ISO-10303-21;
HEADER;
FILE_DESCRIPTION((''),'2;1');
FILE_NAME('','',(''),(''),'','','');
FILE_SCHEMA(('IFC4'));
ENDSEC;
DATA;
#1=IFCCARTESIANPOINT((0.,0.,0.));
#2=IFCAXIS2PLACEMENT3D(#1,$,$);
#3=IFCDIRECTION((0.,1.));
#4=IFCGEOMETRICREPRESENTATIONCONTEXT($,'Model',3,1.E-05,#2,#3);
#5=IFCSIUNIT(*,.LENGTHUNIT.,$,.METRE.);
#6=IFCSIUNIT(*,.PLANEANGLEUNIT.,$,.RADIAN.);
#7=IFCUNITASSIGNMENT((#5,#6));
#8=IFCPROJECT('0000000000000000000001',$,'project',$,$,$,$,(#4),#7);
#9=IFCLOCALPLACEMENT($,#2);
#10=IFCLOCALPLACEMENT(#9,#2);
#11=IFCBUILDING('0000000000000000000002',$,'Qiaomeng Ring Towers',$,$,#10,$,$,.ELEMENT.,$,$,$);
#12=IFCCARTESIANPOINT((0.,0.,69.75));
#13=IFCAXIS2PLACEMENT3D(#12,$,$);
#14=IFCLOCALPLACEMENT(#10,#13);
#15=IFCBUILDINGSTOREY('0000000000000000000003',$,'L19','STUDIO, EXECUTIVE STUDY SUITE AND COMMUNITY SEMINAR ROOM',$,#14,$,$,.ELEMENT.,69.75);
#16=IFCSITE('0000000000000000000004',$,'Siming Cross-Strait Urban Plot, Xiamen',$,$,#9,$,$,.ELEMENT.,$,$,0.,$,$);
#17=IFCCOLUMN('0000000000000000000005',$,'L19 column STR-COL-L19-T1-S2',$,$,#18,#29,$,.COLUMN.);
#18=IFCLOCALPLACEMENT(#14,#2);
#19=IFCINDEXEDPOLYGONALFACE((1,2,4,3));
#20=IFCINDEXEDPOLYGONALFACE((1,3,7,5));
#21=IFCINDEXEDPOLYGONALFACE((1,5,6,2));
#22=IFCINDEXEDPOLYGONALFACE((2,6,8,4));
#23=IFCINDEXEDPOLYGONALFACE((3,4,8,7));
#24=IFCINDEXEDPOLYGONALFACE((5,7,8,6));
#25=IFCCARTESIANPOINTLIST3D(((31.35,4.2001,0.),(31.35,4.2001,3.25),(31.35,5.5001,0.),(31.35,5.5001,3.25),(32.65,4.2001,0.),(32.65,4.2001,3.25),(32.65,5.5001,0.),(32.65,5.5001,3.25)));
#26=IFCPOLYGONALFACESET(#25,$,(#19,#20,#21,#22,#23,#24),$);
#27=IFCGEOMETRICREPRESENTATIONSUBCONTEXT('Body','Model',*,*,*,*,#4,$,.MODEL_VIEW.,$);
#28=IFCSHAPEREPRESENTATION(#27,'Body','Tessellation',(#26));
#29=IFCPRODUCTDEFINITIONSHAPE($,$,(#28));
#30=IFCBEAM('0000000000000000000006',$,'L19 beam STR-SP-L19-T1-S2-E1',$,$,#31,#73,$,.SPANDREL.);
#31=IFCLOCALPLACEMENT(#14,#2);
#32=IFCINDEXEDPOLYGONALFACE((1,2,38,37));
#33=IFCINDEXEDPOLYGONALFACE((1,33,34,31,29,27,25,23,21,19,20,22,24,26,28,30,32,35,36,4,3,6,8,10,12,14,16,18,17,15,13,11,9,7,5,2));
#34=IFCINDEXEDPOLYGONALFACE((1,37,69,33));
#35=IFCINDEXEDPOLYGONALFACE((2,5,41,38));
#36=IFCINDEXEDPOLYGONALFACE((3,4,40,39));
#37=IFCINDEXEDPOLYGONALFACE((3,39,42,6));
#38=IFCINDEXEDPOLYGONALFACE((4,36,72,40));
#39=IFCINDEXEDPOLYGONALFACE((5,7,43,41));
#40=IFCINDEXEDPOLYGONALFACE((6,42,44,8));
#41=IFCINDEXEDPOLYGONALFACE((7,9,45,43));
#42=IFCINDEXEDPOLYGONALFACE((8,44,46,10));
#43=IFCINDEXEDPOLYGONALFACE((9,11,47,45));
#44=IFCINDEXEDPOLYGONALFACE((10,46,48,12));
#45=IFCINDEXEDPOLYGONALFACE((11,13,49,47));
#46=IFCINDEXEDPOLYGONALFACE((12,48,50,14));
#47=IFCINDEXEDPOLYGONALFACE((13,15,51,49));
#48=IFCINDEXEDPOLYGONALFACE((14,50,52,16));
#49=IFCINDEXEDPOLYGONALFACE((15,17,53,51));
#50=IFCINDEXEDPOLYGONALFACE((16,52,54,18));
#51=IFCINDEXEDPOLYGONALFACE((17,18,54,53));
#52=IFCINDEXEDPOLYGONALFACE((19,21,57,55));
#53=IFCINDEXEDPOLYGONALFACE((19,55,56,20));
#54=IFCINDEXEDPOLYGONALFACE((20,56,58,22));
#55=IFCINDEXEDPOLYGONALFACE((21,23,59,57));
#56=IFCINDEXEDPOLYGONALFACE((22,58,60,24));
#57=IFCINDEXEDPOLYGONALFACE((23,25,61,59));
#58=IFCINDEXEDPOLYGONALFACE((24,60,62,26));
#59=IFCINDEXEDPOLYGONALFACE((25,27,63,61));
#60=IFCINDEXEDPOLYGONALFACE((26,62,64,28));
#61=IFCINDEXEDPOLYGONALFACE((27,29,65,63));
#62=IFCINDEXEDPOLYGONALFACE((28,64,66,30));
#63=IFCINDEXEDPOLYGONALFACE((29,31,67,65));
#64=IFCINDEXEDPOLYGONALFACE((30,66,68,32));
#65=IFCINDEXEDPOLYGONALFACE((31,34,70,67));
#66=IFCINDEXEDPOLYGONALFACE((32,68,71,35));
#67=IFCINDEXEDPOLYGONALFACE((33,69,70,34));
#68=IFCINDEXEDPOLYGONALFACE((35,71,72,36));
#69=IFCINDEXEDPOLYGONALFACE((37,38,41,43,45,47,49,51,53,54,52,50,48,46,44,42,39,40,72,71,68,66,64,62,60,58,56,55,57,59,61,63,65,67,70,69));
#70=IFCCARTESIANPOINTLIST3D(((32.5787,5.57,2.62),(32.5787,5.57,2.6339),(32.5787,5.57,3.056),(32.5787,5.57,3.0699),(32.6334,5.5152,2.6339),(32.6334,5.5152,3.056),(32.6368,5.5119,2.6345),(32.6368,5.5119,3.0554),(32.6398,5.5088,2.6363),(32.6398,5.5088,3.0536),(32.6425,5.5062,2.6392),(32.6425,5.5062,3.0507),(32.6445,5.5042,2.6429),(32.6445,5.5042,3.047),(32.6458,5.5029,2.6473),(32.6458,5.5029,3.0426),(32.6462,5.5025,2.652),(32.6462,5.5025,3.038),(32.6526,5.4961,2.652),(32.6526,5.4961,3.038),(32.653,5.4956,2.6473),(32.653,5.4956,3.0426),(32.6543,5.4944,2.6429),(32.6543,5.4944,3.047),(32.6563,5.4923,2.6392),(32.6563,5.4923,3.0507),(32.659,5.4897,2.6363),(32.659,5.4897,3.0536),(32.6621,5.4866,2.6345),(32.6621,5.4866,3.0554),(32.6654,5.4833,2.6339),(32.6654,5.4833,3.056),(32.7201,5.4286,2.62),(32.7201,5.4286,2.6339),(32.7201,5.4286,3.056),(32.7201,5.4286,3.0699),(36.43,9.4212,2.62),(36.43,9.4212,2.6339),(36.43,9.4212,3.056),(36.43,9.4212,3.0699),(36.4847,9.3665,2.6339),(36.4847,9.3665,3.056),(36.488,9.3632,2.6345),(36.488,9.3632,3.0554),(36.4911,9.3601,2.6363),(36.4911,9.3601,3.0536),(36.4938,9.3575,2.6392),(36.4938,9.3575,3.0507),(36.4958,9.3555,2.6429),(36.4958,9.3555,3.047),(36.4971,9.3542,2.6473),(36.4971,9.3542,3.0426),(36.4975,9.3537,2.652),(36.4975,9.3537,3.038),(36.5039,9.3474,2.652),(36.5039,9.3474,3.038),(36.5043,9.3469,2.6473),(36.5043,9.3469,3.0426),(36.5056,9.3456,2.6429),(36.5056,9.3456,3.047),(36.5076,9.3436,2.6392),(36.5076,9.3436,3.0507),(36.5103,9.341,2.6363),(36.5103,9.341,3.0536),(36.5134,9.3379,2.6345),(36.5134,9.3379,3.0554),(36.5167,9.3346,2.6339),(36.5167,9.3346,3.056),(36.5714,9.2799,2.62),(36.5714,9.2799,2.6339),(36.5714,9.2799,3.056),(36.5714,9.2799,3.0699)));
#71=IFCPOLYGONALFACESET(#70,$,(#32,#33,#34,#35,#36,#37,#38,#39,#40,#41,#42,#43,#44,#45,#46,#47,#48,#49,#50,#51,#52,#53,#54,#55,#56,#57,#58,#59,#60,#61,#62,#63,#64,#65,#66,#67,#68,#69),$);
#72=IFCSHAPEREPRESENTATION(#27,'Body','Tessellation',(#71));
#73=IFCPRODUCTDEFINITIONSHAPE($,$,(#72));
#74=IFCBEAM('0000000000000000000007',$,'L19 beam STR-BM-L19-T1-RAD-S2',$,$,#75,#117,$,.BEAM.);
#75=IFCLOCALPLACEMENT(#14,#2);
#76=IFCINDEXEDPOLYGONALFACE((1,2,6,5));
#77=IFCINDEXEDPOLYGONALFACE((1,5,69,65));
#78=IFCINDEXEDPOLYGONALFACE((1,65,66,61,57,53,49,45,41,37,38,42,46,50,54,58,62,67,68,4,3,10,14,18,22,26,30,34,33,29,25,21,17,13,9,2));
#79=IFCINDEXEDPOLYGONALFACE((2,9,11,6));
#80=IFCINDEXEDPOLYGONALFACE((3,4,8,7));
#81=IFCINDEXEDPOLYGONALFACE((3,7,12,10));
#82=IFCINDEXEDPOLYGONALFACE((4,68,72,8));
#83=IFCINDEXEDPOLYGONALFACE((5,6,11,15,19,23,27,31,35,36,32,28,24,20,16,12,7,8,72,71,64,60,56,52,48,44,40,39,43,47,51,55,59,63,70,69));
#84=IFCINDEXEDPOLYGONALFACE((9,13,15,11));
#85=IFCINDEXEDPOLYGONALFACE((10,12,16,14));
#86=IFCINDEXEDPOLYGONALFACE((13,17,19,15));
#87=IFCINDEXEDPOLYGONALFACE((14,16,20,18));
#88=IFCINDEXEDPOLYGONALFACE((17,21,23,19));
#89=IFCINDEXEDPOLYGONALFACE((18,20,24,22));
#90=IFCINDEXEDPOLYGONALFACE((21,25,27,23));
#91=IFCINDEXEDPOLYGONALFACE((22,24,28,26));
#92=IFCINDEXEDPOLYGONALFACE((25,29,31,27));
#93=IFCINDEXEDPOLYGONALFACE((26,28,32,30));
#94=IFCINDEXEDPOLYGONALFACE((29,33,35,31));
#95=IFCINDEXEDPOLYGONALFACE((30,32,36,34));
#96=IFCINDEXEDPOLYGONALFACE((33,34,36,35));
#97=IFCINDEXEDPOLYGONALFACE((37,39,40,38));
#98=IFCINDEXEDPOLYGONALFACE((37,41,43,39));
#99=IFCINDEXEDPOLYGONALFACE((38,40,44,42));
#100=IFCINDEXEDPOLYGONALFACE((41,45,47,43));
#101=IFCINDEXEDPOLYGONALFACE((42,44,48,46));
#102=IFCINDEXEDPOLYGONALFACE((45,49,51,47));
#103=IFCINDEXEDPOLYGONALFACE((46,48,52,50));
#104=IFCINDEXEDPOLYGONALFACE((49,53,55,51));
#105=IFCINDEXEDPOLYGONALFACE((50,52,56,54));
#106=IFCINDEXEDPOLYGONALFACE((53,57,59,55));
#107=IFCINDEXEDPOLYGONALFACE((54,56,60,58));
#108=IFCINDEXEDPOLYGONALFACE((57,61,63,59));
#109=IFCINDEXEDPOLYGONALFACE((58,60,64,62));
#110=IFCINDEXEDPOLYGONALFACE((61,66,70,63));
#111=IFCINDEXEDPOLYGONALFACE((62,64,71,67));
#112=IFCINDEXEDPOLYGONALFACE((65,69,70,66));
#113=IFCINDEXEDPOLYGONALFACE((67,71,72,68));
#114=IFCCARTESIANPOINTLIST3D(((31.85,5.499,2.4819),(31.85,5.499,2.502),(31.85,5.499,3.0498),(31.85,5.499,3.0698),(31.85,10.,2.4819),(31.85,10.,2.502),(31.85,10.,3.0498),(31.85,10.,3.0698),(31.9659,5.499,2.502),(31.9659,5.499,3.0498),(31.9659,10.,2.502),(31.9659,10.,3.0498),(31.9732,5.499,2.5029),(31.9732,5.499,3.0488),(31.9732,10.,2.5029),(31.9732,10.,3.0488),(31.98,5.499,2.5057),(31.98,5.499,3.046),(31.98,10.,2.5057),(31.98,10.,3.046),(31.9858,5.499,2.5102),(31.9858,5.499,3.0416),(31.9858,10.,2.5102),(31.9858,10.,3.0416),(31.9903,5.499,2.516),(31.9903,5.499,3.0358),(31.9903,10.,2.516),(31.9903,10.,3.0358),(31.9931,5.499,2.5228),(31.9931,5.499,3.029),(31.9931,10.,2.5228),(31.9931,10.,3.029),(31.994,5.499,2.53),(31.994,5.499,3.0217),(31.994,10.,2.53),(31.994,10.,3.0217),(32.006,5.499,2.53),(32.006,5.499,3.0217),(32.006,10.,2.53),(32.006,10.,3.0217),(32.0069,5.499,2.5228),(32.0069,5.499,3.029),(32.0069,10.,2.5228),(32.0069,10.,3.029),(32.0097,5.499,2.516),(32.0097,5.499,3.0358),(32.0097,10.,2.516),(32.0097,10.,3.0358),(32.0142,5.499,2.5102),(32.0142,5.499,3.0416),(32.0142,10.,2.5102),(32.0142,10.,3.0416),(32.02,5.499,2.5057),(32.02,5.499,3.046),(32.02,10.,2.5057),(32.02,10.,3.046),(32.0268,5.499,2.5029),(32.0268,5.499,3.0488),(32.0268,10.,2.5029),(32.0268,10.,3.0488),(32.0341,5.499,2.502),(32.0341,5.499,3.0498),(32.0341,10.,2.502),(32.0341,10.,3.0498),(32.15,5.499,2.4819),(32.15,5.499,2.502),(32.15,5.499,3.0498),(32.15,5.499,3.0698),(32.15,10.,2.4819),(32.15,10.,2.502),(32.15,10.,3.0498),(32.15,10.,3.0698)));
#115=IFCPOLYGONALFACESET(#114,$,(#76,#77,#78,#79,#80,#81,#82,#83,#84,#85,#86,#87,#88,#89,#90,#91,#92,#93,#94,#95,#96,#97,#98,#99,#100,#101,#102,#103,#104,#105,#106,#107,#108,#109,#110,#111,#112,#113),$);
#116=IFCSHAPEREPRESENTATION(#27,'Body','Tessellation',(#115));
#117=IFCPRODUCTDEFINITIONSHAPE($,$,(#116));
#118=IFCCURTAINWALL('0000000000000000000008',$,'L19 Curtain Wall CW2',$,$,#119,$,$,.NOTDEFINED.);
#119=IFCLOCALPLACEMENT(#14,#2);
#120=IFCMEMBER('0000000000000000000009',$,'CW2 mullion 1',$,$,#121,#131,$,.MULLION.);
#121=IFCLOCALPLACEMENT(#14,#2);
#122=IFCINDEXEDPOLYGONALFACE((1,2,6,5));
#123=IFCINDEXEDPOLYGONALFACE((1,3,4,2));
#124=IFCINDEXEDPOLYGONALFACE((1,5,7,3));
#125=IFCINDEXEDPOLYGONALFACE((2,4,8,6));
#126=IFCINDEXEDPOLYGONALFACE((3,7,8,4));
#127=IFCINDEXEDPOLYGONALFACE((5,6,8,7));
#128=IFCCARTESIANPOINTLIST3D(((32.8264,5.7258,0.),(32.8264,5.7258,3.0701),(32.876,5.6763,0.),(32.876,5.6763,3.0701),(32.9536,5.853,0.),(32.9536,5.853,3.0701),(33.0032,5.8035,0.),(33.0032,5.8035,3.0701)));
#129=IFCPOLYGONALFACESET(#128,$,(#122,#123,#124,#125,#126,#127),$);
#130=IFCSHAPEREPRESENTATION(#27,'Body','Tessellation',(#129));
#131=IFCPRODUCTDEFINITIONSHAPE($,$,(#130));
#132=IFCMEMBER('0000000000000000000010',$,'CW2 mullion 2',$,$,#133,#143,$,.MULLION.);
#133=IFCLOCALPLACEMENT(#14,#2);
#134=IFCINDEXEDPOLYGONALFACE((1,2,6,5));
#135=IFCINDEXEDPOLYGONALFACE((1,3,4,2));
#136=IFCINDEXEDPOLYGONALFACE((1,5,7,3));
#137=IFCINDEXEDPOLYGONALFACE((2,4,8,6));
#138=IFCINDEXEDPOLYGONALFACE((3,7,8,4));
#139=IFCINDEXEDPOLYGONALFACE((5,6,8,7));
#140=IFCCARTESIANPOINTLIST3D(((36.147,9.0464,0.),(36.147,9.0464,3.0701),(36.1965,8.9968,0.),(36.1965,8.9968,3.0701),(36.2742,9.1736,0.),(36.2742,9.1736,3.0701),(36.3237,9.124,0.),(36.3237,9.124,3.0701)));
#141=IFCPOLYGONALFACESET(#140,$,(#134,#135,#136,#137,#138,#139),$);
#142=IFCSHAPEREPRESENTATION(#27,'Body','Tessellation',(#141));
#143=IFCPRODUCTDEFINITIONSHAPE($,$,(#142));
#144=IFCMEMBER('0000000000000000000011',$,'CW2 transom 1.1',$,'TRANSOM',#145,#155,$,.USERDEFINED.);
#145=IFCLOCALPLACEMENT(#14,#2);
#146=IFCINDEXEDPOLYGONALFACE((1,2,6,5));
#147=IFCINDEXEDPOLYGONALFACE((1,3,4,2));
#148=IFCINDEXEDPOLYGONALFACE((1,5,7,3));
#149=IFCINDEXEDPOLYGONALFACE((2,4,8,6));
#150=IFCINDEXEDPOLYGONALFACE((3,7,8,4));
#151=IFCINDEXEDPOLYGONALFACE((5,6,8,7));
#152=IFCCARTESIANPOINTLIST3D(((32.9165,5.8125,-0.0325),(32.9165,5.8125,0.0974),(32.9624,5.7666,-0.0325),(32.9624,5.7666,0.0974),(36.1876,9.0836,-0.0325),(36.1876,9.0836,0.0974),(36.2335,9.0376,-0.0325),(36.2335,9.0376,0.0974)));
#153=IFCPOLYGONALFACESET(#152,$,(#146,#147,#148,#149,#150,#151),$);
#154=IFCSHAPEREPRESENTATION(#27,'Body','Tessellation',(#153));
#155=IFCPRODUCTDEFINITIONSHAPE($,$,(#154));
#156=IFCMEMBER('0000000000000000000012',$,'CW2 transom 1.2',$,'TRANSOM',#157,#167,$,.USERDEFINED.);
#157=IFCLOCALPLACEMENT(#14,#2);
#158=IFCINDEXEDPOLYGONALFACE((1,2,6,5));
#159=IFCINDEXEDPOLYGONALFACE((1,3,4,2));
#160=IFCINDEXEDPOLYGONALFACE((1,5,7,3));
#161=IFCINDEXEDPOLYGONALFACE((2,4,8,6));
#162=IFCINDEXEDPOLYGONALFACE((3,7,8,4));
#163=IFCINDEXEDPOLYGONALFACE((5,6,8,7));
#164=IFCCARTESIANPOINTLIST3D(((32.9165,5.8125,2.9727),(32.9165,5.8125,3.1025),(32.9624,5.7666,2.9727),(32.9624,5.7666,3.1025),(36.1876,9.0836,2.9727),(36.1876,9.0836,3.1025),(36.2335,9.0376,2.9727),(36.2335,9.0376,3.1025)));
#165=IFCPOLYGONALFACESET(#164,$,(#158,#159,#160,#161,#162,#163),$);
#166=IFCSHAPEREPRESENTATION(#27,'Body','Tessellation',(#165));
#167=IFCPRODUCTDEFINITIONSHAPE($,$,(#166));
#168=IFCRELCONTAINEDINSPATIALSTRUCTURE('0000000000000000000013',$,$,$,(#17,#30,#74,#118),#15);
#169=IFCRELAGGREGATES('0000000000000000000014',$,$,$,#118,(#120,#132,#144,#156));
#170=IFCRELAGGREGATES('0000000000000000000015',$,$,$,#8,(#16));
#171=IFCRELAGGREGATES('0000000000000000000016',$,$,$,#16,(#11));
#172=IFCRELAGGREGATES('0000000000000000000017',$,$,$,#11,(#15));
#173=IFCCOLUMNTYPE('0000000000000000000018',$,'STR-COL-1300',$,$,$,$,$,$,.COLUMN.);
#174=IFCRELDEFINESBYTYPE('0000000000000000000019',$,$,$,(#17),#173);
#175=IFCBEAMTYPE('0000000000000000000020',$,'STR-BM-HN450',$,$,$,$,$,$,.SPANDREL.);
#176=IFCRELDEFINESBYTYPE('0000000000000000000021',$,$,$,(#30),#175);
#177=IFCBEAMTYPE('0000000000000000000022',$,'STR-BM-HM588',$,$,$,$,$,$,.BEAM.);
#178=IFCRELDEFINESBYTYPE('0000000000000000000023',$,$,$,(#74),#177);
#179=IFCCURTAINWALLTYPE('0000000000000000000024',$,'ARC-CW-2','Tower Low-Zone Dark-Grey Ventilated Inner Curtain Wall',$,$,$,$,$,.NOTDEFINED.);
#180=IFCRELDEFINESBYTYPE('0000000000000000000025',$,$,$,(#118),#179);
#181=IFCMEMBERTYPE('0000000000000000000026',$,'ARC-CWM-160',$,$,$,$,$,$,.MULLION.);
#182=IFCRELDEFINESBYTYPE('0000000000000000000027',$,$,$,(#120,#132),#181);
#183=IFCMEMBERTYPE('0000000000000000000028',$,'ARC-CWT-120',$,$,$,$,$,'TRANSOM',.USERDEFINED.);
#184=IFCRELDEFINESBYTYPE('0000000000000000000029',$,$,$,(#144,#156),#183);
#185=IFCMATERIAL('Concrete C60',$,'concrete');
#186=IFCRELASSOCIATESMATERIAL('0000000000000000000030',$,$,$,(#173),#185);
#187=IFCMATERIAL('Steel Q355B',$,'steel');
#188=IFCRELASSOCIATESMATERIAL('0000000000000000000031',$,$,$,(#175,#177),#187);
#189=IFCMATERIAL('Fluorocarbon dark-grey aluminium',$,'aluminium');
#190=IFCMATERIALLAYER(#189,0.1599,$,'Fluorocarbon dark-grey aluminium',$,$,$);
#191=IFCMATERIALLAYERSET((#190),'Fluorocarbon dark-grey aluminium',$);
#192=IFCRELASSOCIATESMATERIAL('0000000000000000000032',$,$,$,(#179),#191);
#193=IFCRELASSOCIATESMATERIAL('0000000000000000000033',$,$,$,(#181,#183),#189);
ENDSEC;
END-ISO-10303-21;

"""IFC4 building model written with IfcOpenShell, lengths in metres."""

from ifc_helpers import new_model, si_unit, direction, frame, origin, origin_2d, place, context, subcontext, project, spatial, rectangle, i_section, extrude, source, transform, mapped, material, layer, layer_set, material_profile, profile_set, type_object, element, aggregate, save


model = new_model("IFC4")

# Units and contexts
model_context = context("Model", 3, precision=1e-05, world=origin(), true_north=direction((0.0, 1.0)))
body_context = subcontext(model_context, "Body", "Model", "MODEL_VIEW")
ifc_project = project(units=[si_unit("LENGTHUNIT", "METRE"), si_unit("PLANEANGLEUNIT", "RADIAN")], contexts=[model_context])

# Site, building, storey
site_placement = place(None, origin())
site = spatial("IfcSite", under=ifc_project, at=site_placement, Name="Siming Cross-Strait Urban Plot, Xiamen", CompositionType="ELEMENT", RefElevation=0.0)
building_placement = place(site_placement, origin())
building = spatial("IfcBuilding", under=site, at=building_placement, Name="Qiaomeng Ring Towers", CompositionType="ELEMENT")
storey_placement = place(building_placement, frame((0.0, 0.0, 69.75)))
storey = spatial("IfcBuildingStorey", under=building, at=storey_placement, Name="L19", Description="STUDIO, EXECUTIVE STUDY SUITE AND COMMUNITY SEMINAR ROOM", CompositionType="ELEMENT", Elevation=69.75)

# Column
ifc_material_1 = material(Name="Concrete C60", Category="concrete")
ifc_material_profile_1 = material_profile(ifc_material_1, rectangle(XDim=1.3, YDim=1.3, at=origin_2d()), Name="RC COL 1300x1300")
ifc_profile_set_1 = profile_set([ifc_material_profile_1], Name="Concrete C60")
column_type = type_object("IfcColumnType", Name="STR-COL-1300", PredefinedType="COLUMN", material=ifc_profile_set_1)
shared_shape_1 = source(origin(), body_context, "Body", "SweptSolid", [
    extrude(rectangle(XDim=1.3, YDim=1.3, at=origin_2d()), origin(), (0.0, 0.0, 1.0), 3.25),
])
column_placement = place(storey_placement, frame((32.0, 4.8501, 0.0), z_axis=(0.0, 0.0, 1.0), x_axis=(1.0, 0.0, 0.0)))
element("IfcColumn", 1, at=column_placement, inside=storey, type_object=column_type, Name="L19 column STR-COL-L19-T1-S2", PredefinedType="COLUMN", context=body_context, shape_type="MappedRepresentation", body=[
    mapped(shared_shape_1, transform((0.0, 0.0, 0.0), x_axis=(1.0, 0.0, 0.0), y_axis=(0.0, 1.0, 0.0), z_axis=(0.0, 0.0, 1.0), scale=1.0)),
])

# Beams
ifc_material_2 = material(Name="Steel Q355B", Category="steel")
ifc_material_profile_2 = material_profile(ifc_material_2, i_section(OverallWidth=0.2, OverallDepth=0.45, WebThickness=0.009, FlangeThickness=0.0139, FilletRadius=0.0181, at=origin_2d()), Name="HN 450x200x9x14")
ifc_profile_set_2 = profile_set([ifc_material_profile_2], Name="Steel Q355B")
beam_type_1 = type_object("IfcBeamType", Name="STR-BM-HN450", PredefinedType="SPANDREL", material=ifc_profile_set_2)
shared_shape_2 = source(origin(), body_context, "Body", "SweptSolid", [
    extrude(i_section(OverallWidth=0.2, OverallDepth=0.45, WebThickness=0.009, FlangeThickness=0.0139, FilletRadius=0.0181, at=origin_2d()), origin(), (0.0, 0.0, 1.0), 5.4465),
])
beam_1_placement = place(storey_placement, frame((32.6494, 5.4993, 2.845), z_axis=(0.707107, 0.707107, 0.0), x_axis=(-0.707107, 0.707107, 0.0)))
element("IfcBeam", 2, at=beam_1_placement, inside=storey, type_object=beam_type_1, Name="L19 beam STR-SP-L19-T1-S2-E1", PredefinedType="SPANDREL", context=body_context, shape_type="MappedRepresentation", body=[
    mapped(shared_shape_2, transform((0.0, 0.0, 0.0), x_axis=(1.0, 0.0, 0.0), y_axis=(0.0, 1.0, 0.0), z_axis=(0.0, 0.0, 1.0), scale=1.0)),
])
ifc_material_profile_3 = material_profile(ifc_material_2, i_section(OverallWidth=0.3, OverallDepth=0.5879, WebThickness=0.012, FlangeThickness=0.02, FilletRadius=0.0281, at=origin_2d()), Name="HM 588x300x12x20")
ifc_profile_set_3 = profile_set([ifc_material_profile_3], Name="Steel Q355B")
beam_type_2 = type_object("IfcBeamType", Name="STR-BM-HM588", PredefinedType="BEAM", material=ifc_profile_set_3)
shared_shape_3 = source(origin(), body_context, "Body", "SweptSolid", [
    extrude(i_section(OverallWidth=0.3, OverallDepth=0.5879, WebThickness=0.012, FlangeThickness=0.02, FilletRadius=0.0281, at=origin_2d()), origin(), (0.0, 0.0, 1.0), 4.501),
])
beam_2_placement = place(storey_placement, frame((32.0, 5.499, 2.7759), z_axis=(0.0, 1.0, 0.0), x_axis=(-1.0, 0.0, 0.0)))
element("IfcBeam", 3, at=beam_2_placement, inside=storey, type_object=beam_type_2, Name="L19 beam STR-BM-L19-T1-RAD-S2", PredefinedType="BEAM", context=body_context, shape_type="MappedRepresentation", body=[
    mapped(shared_shape_3, transform((0.0, 0.0, 0.0), x_axis=(1.0, 0.0, 0.0), y_axis=(0.0, 1.0, 0.0), z_axis=(0.0, 0.0, 1.0), scale=1.0)),
])

# Curtain wall, members
ifc_material_3 = material(Name="Fluorocarbon dark-grey aluminium", Category="aluminium")
ifc_layer_1 = layer(ifc_material_3, 0.1599, Name="Fluorocarbon dark-grey aluminium")
ifc_layer_set_1 = layer_set([ifc_layer_1], Name="Fluorocarbon dark-grey aluminium")
curtain_wall_type = type_object("IfcCurtainWallType", Name="ARC-CW-2", Description="Tower Low-Zone Dark-Grey Ventilated Inner Curtain Wall", PredefinedType="NOTDEFINED", material=ifc_layer_set_1)
curtain_wall_placement = place(storey_placement, origin())
curtain_wall = element("IfcCurtainWall", 4, at=curtain_wall_placement, inside=storey, type_object=curtain_wall_type, Name="L19 Curtain Wall CW2", PredefinedType="NOTDEFINED")
ifc_material_profile_4 = material_profile(ifc_material_3, rectangle(XDim=0.0701, YDim=0.1799, at=origin_2d()), Name="ALU MULL 70x180")
ifc_profile_set_4 = profile_set([ifc_material_profile_4], Name="Fluorocarbon dark-grey aluminium")
member_type_1 = type_object("IfcMemberType", Name="ARC-CWM-160", PredefinedType="MULLION", material=ifc_profile_set_4)
shared_shape_4 = source(origin(), body_context, "Body", "SweptSolid", [
    extrude(rectangle(XDim=0.0701, YDim=0.1799, at=origin_2d()), origin(), (0.0, 0.0, 1.0), 3.0701),
])
member_1_placement = place(storey_placement, frame((32.9148, 5.7646, 0.0), z_axis=(0.0, 0.0, 1.0), x_axis=(-0.707107, 0.707107, 0.0)))
member_1 = element("IfcMember", 5, at=member_1_placement, type_object=member_type_1, Name="CW2 mullion 1", PredefinedType="MULLION", context=body_context, shape_type="MappedRepresentation", body=[
    mapped(shared_shape_4, transform((0.0, 0.0, 0.0), x_axis=(1.0, 0.0, 0.0), y_axis=(0.0, 1.0, 0.0), z_axis=(0.0, 0.0, 1.0), scale=1.0)),
])
member_2_placement = place(storey_placement, frame((36.2354, 9.0852, 0.0), z_axis=(0.0, 0.0, 1.0), x_axis=(-0.707107, 0.707107, 0.0)))
member_2 = element("IfcMember", 6, at=member_2_placement, type_object=member_type_1, Name="CW2 mullion 2", PredefinedType="MULLION", context=body_context, shape_type="MappedRepresentation", body=[
    mapped(shared_shape_4, transform((0.0, 0.0, 0.0), x_axis=(1.0, 0.0, 0.0), y_axis=(0.0, 1.0, 0.0), z_axis=(0.0, 0.0, 1.0), scale=1.0)),
])
ifc_material_profile_5 = material_profile(ifc_material_3, rectangle(XDim=0.0649, YDim=0.1299, at=origin_2d()), Name="ALU TRAN 65x130")
ifc_profile_set_5 = profile_set([ifc_material_profile_5], Name="Fluorocarbon dark-grey aluminium")
member_type_2 = type_object("IfcMemberType", Name="ARC-CWT-120", ElementType="TRANSOM", PredefinedType="USERDEFINED", material=ifc_profile_set_5)
shared_shape_5 = source(origin(), body_context, "Body", "SweptSolid", [
    extrude(rectangle(XDim=0.0649, YDim=0.1299, at=origin_2d()), origin(), (0.0, 0.0, 1.0), 4.626),
])
member_3_placement = place(storey_placement, frame((32.9395, 5.7896, 0.0325), z_axis=(0.707107, 0.707107, 0.0), x_axis=(-0.707107, 0.707107, 0.0)))
member_3 = element("IfcMember", 7, at=member_3_placement, type_object=member_type_2, Name="CW2 transom 1.1", ObjectType="TRANSOM", PredefinedType="USERDEFINED", context=body_context, shape_type="MappedRepresentation", body=[
    mapped(shared_shape_5, transform((0.0, 0.0, 0.0), x_axis=(1.0, 0.0, 0.0), y_axis=(0.0, 1.0, 0.0), z_axis=(0.0, 0.0, 1.0), scale=1.0)),
])
member_4_placement = place(storey_placement, frame((32.9395, 5.7896, 3.0376), z_axis=(0.707107, 0.707107, 0.0), x_axis=(-0.707107, 0.707107, 0.0)))
member_4 = element("IfcMember", 8, at=member_4_placement, type_object=member_type_2, Name="CW2 transom 1.2", ObjectType="TRANSOM", PredefinedType="USERDEFINED", context=body_context, shape_type="MappedRepresentation", body=[
    mapped(shared_shape_5, transform((0.0, 0.0, 0.0), x_axis=(1.0, 0.0, 0.0), y_axis=(0.0, 1.0, 0.0), z_axis=(0.0, 0.0, 1.0), scale=1.0)),
])
aggregate(curtain_wall, [member_1, member_2, member_3, member_4])

save(model, "model.ifc")
